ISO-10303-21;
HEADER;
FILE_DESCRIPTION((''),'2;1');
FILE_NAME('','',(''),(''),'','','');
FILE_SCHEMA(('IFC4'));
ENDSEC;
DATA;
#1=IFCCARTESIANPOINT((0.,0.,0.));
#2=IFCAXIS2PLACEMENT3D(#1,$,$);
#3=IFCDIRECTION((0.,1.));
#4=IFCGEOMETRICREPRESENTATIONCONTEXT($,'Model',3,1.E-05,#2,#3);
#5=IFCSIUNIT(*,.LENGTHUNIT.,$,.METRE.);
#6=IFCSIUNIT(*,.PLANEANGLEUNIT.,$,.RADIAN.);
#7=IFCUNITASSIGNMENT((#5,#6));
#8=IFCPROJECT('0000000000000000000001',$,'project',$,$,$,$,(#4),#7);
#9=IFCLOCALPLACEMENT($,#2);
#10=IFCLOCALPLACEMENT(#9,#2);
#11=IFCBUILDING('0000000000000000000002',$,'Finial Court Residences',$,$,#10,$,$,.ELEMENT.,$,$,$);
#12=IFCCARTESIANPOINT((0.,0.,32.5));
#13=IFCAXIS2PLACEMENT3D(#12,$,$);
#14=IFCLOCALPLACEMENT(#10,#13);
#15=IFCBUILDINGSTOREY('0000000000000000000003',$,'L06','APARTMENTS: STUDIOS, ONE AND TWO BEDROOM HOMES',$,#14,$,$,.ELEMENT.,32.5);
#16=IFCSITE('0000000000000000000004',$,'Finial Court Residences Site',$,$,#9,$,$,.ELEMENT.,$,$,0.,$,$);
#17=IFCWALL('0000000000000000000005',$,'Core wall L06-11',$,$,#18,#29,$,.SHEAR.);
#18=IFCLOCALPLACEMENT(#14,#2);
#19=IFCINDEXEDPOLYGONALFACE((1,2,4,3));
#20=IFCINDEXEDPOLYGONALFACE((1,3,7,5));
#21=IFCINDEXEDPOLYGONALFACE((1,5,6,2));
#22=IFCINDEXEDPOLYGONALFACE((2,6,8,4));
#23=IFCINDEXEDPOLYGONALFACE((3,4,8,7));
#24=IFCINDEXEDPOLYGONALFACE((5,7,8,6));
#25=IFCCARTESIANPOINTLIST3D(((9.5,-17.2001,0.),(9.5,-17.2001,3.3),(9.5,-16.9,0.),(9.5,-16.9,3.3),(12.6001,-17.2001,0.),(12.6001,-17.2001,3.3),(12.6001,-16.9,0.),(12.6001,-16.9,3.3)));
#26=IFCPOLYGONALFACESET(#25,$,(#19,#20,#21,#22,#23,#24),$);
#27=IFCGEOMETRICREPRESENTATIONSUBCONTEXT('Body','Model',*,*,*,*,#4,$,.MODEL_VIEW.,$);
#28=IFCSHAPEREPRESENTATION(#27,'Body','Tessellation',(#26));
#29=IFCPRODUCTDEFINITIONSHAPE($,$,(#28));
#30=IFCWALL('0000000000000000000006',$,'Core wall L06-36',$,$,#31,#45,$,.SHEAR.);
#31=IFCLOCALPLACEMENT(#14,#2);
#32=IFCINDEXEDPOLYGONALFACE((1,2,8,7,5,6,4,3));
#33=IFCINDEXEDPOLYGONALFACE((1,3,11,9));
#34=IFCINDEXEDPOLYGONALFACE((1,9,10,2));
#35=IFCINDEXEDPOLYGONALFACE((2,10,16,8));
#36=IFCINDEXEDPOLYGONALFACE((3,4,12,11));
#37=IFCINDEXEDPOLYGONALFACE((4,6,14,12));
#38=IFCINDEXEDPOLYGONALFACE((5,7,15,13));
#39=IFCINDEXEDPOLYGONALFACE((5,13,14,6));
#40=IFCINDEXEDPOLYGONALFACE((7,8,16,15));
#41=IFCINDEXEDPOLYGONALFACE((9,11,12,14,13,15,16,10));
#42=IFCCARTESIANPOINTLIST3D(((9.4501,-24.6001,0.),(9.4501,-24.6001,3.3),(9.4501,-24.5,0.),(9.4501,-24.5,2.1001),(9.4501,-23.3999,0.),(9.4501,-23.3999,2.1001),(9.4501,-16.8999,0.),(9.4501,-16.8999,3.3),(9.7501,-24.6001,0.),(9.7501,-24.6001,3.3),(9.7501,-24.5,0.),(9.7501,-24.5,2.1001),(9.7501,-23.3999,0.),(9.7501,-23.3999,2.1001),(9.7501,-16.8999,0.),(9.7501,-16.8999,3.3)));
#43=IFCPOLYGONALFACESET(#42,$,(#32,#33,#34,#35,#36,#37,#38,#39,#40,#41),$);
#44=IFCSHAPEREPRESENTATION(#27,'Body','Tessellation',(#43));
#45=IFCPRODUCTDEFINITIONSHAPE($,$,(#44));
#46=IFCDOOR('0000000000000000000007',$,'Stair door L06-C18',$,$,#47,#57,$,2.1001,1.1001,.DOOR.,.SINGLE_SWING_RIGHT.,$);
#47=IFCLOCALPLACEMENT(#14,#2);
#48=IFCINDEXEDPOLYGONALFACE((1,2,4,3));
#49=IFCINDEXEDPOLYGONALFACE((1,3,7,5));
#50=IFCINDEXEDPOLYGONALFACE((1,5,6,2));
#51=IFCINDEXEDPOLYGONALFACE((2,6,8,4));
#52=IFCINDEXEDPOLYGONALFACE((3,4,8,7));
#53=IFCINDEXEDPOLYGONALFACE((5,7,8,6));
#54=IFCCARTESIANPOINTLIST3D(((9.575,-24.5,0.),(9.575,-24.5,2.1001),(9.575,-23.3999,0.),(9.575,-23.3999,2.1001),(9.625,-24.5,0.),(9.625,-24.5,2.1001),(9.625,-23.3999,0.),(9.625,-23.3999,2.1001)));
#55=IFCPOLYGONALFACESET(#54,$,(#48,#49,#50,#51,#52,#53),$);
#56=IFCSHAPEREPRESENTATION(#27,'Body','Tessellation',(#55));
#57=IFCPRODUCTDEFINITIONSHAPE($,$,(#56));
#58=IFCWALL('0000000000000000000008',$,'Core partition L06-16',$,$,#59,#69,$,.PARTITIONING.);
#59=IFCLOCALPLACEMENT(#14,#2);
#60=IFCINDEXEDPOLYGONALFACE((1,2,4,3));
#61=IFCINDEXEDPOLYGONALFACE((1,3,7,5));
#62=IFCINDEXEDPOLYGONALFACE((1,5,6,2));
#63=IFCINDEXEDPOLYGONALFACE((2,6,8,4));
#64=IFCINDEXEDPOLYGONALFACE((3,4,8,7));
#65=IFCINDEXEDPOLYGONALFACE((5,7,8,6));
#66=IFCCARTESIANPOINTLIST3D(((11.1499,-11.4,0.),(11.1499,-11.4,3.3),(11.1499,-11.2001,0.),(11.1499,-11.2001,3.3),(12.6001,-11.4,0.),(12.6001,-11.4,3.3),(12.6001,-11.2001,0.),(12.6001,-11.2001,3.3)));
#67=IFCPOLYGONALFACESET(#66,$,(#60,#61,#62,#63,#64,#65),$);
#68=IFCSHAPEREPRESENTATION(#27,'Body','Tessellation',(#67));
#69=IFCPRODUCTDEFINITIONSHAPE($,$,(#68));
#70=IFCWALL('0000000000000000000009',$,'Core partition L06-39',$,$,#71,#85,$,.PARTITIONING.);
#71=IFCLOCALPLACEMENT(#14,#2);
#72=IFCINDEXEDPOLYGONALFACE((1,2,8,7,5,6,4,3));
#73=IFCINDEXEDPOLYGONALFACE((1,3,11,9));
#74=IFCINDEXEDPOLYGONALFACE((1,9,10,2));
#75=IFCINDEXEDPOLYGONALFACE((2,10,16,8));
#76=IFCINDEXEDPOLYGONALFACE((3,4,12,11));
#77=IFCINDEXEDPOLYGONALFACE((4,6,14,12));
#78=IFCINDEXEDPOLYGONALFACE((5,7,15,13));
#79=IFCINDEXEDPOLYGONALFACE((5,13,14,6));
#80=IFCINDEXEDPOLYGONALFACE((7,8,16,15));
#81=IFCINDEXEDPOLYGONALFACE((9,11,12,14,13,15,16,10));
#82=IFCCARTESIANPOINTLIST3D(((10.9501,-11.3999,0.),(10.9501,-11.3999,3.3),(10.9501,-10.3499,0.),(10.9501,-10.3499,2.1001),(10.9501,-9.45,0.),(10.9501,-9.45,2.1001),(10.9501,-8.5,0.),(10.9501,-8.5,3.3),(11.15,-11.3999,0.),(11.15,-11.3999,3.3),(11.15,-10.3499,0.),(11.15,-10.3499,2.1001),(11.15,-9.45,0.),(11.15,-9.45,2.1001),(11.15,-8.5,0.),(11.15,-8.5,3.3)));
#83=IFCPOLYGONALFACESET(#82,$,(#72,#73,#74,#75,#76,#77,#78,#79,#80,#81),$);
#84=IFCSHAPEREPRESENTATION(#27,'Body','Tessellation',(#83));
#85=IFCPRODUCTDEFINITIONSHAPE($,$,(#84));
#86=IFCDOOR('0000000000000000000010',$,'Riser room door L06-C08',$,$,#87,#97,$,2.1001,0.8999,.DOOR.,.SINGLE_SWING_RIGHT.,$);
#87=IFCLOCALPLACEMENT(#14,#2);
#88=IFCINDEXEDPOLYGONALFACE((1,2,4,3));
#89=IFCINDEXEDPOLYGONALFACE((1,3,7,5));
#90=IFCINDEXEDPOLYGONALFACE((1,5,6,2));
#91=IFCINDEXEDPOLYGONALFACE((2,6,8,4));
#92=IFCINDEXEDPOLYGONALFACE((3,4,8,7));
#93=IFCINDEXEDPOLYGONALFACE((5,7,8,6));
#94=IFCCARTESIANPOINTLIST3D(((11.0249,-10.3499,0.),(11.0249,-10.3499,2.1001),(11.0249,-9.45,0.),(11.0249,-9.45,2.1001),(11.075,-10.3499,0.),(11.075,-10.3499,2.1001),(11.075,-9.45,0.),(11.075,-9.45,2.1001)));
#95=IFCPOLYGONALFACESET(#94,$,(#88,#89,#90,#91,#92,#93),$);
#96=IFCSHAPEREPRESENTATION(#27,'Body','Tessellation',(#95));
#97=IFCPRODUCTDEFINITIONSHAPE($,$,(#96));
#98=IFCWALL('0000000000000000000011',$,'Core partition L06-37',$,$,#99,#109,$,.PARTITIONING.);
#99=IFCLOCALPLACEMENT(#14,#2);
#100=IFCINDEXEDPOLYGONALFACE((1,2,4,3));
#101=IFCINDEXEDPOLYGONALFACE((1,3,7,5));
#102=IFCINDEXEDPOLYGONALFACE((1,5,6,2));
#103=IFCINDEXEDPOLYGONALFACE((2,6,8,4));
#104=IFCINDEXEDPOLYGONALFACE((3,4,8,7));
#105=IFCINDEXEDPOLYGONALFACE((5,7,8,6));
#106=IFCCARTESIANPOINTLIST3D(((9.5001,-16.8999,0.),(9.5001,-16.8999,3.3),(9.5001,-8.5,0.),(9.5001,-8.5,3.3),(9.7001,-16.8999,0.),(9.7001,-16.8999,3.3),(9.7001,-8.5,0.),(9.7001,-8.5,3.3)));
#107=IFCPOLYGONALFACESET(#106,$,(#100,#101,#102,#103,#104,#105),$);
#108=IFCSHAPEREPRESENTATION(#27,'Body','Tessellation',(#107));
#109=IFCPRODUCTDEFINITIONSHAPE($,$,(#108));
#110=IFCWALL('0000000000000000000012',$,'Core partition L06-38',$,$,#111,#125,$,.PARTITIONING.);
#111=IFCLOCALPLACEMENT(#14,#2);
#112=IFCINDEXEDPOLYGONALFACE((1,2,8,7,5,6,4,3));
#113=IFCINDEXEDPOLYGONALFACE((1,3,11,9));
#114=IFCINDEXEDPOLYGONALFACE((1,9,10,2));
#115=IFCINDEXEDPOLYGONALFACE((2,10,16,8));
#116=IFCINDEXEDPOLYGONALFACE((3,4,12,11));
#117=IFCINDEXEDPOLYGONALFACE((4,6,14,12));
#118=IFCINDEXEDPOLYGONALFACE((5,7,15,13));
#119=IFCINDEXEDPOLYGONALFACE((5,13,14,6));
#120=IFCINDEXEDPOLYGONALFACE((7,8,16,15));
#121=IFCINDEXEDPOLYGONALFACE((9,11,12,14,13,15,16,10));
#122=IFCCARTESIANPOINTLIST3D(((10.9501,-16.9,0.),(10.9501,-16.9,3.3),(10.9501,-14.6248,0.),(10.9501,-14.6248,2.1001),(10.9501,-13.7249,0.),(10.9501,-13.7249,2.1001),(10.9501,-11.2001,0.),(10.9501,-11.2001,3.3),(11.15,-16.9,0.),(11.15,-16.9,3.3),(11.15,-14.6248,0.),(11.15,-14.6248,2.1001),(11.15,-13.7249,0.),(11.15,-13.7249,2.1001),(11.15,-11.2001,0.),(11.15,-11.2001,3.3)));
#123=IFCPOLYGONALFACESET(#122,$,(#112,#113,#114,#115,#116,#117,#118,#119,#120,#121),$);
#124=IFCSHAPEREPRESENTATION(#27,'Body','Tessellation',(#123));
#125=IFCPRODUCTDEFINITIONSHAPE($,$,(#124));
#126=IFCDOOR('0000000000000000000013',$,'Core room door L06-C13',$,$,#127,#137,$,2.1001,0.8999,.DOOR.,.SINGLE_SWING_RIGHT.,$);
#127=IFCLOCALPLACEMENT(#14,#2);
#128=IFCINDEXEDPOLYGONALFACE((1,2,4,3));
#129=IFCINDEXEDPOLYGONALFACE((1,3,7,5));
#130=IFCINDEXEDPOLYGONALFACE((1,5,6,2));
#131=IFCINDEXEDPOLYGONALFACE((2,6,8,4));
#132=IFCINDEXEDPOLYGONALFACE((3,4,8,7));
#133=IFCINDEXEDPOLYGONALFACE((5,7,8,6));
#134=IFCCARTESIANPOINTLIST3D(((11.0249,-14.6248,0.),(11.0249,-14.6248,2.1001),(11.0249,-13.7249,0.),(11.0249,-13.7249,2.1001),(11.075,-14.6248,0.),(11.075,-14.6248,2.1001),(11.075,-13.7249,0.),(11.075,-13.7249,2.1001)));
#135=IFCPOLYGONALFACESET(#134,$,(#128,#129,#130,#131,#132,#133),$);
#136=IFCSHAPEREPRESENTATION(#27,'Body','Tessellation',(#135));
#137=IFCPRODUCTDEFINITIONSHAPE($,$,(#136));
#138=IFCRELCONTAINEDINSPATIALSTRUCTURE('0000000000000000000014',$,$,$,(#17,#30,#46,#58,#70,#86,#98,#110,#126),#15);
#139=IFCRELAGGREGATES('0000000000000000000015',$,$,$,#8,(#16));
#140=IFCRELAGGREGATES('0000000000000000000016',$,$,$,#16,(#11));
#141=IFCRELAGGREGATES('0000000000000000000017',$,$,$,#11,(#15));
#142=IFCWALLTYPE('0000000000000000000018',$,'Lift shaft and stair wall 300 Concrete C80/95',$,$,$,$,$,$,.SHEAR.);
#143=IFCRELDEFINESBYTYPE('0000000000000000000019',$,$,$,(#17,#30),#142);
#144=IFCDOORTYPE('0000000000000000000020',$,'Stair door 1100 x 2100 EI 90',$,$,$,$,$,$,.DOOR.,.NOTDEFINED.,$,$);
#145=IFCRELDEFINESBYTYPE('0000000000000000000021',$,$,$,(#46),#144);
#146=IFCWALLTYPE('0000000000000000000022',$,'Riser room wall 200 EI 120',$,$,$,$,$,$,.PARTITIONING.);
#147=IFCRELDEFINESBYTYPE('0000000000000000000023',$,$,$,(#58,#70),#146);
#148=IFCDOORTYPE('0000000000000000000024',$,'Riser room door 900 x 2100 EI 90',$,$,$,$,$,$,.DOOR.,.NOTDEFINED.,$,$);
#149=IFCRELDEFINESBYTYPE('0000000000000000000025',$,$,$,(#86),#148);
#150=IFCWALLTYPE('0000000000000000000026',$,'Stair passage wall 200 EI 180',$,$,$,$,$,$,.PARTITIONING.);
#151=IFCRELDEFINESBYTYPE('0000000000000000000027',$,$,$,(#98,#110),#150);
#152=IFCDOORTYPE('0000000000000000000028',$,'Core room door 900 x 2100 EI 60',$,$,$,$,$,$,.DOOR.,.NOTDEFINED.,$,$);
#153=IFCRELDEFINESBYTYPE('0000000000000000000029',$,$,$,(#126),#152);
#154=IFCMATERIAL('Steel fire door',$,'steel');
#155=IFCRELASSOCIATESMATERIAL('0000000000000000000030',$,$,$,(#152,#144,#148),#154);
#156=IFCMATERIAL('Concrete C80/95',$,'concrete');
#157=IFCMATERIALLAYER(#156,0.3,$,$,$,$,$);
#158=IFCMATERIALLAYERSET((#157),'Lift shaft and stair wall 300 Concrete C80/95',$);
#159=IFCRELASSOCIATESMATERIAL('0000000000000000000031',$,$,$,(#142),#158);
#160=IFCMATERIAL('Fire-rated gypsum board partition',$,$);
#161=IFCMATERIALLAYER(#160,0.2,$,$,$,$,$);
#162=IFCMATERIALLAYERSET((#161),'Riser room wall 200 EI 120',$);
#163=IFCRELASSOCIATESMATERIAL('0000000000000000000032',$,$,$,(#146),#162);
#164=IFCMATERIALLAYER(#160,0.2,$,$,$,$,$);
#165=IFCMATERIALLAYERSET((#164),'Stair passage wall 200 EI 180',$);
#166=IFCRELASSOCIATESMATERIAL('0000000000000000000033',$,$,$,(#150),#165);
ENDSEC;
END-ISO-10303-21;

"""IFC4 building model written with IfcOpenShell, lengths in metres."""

from ifc_helpers import new_model, si_unit, direction, frame, frame_2d, origin, place, context, subcontext, project, spatial, rectangle, extrude, material, layer, layer_set, type_object, element, fill, save


model = new_model("IFC4")

# Units and contexts
model_context = context("Model", 3, precision=1e-05, world=origin(), true_north=direction((0.0, 1.0)))
body_context = subcontext(model_context, "Body", "Model", "MODEL_VIEW")
ifc_project = project(units=[si_unit("LENGTHUNIT", "METRE"), si_unit("PLANEANGLEUNIT", "RADIAN")], contexts=[model_context])

# Site, building, storey
site_placement = place(None, origin())
site = spatial("IfcSite", under=ifc_project, at=site_placement, Name="Finial Court Residences Site", CompositionType="ELEMENT", RefElevation=0.0)
building_placement = place(site_placement, origin())
building = spatial("IfcBuilding", under=site, at=building_placement, Name="Finial Court Residences", CompositionType="ELEMENT")
storey_placement = place(building_placement, frame((0.0, 0.0, 32.5)))
storey = spatial("IfcBuildingStorey", under=building, at=storey_placement, Name="L06", Description="APARTMENTS: STUDIOS, ONE AND TWO BEDROOM HOMES", CompositionType="ELEMENT", Elevation=32.5)

# Shared definitions
ifc_material_1 = material(Name="Concrete C80/95", Category="concrete")

# Shared definitions
ifc_material_2 = material(Name="Fire-rated gypsum board partition")

# Shared definitions
ifc_material_3 = material(Name="Steel fire door", Category="steel")
door_type_1 = type_object("IfcDoorType", Name="Core room door 900 x 2100 EI 60", OperationType="NOTDEFINED", PredefinedType="DOOR", material=ifc_material_3)

# Wall
ifc_layer_1 = layer(ifc_material_1, 0.3)
ifc_layer_set_1 = layer_set([ifc_layer_1], Name="Lift shaft and stair wall 300 Concrete C80/95")
wall_type_1 = type_object("IfcWallType", Name="Lift shaft and stair wall 300 Concrete C80/95", PredefinedType="SHEAR", material=ifc_layer_set_1)
wall_1_placement = place(storey_placement, frame((9.5, -17.05, 0.0), z_axis=(0.0, 0.0, 1.0), x_axis=(1.0, 0.0, 0.0)))
element("IfcWall", 1, at=wall_1_placement, inside=storey, type_object=wall_type_1, Name="Core wall L06-11", PredefinedType="SHEAR", context=body_context, shape_type="SweptSolid", body=[
    extrude(rectangle(XDim=3.1001, YDim=0.3, at=frame_2d((1.55, 0.0))), origin(), (0.0, 0.0, 1.0), 3.3),
])

# Wall, opening, door
wall_2_placement = place(storey_placement, frame((9.6001, -16.8999, 0.0), z_axis=(0.0, 0.0, 1.0), x_axis=(0.0, -1.0, 0.0)))
wall_2 = element("IfcWall", 2, at=wall_2_placement, inside=storey, type_object=wall_type_1, Name="Core wall L06-36", PredefinedType="SHEAR", context=body_context, shape_type="SweptSolid", body=[
    extrude(rectangle(XDim=7.7002, YDim=0.3, at=frame_2d((3.8501, 0.0))), origin(), (0.0, 0.0, 1.0), 3.3),
])
opening_1_placement = place(wall_2_placement, frame((6.5, 0.0, 0.0)))
opening_1 = element("IfcOpeningElement", 3, at=opening_1_placement, cuts=wall_2, PredefinedType="OPENING", context=body_context, shape_type="SweptSolid", body=[
    extrude(rectangle(XDim=1.1001, YDim=2.1001, at=frame_2d((0.55, 1.05))), frame((0.0, 0.1599, 0.0), z_axis=(0.0, -1.0, 0.0), x_axis=(1.0, 0.0, 0.0)), (0.0, 0.0, 1.0), 0.3201),
])
door_type_2 = type_object("IfcDoorType", Name="Stair door 1100 x 2100 EI 90", OperationType="NOTDEFINED", PredefinedType="DOOR", material=ifc_material_3)
door_1_placement = place(opening_1_placement, origin())
door_1 = element("IfcDoor", 4, at=door_1_placement, inside=storey, type_object=door_type_2, Name="Stair door L06-C18", OperationType="SINGLE_SWING_RIGHT", OverallHeight=2.1001, OverallWidth=1.1001, PredefinedType="DOOR", context=body_context, shape_type="SweptSolid", body=[
    extrude(rectangle(XDim=1.1001, YDim=2.1001, at=frame_2d((0.55, 1.05))), frame((0.0, 0.0249, 0.0), z_axis=(0.0, -1.0, 0.0), x_axis=(1.0, 0.0, 0.0)), (0.0, 0.0, 1.0), 0.05),
])
fill(opening_1, door_1)

# Wall
ifc_layer_2 = layer(ifc_material_2, 0.2)
ifc_layer_set_2 = layer_set([ifc_layer_2], Name="Riser room wall 200 EI 120")
wall_type_2 = type_object("IfcWallType", Name="Riser room wall 200 EI 120", PredefinedType="PARTITIONING", material=ifc_layer_set_2)
wall_3_placement = place(storey_placement, frame((11.1499, -11.3, 0.0), z_axis=(0.0, 0.0, 1.0), x_axis=(1.0, 0.0, 0.0)))
element("IfcWall", 5, at=wall_3_placement, inside=storey, type_object=wall_type_2, Name="Core partition L06-16", PredefinedType="PARTITIONING", context=body_context, shape_type="SweptSolid", body=[
    extrude(rectangle(XDim=1.4502, YDim=0.2, at=frame_2d((0.7251, 0.0))), origin(), (0.0, 0.0, 1.0), 3.3),
])

# Wall, opening, door
wall_4_placement = place(storey_placement, frame((11.05, -8.5, 0.0), z_axis=(0.0, 0.0, 1.0), x_axis=(0.0, -1.0, 0.0)))
wall_4 = element("IfcWall", 6, at=wall_4_placement, inside=storey, type_object=wall_type_2, Name="Core partition L06-39", PredefinedType="PARTITIONING", context=body_context, shape_type="SweptSolid", body=[
    extrude(rectangle(XDim=2.8999, YDim=0.2, at=frame_2d((1.45, 0.0))), origin(), (0.0, 0.0, 1.0), 3.3),
])
opening_2_placement = place(wall_4_placement, frame((0.95, 0.0, 0.0)))
opening_2 = element("IfcOpeningElement", 7, at=opening_2_placement, cuts=wall_4, PredefinedType="OPENING", context=body_context, shape_type="SweptSolid", body=[
    extrude(rectangle(XDim=0.8999, YDim=2.1001, at=frame_2d((0.45, 1.05))), frame((0.0, 0.1099, 0.0), z_axis=(0.0, -1.0, 0.0), x_axis=(1.0, 0.0, 0.0)), (0.0, 0.0, 1.0), 0.22),
])
door_type_3 = type_object("IfcDoorType", Name="Riser room door 900 x 2100 EI 90", OperationType="NOTDEFINED", PredefinedType="DOOR", material=ifc_material_3)
door_2_placement = place(opening_2_placement, origin())
door_2 = element("IfcDoor", 8, at=door_2_placement, inside=storey, type_object=door_type_3, Name="Riser room door L06-C08", OperationType="SINGLE_SWING_RIGHT", OverallHeight=2.1001, OverallWidth=0.8999, PredefinedType="DOOR", context=body_context, shape_type="SweptSolid", body=[
    extrude(rectangle(XDim=0.8999, YDim=2.1001, at=frame_2d((0.45, 1.05))), frame((0.0, 0.0249, 0.0), z_axis=(0.0, -1.0, 0.0), x_axis=(1.0, 0.0, 0.0)), (0.0, 0.0, 1.0), 0.05),
])
fill(opening_2, door_2)

# Wall
ifc_layer_3 = layer(ifc_material_2, 0.2)
ifc_layer_set_3 = layer_set([ifc_layer_3], Name="Stair passage wall 200 EI 180")
wall_type_3 = type_object("IfcWallType", Name="Stair passage wall 200 EI 180", PredefinedType="PARTITIONING", material=ifc_layer_set_3)
wall_5_placement = place(storey_placement, frame((9.6001, -16.8999, 0.0), z_axis=(0.0, 0.0, 1.0), x_axis=(0.0, 1.0, 0.0)))
element("IfcWall", 9, at=wall_5_placement, inside=storey, type_object=wall_type_3, Name="Core partition L06-37", PredefinedType="PARTITIONING", context=body_context, shape_type="SweptSolid", body=[
    extrude(rectangle(XDim=8.3999, YDim=0.2, at=frame_2d((4.2, 0.0))), origin(), (0.0, 0.0, 1.0), 3.3),
])

# Wall, opening, door
wall_6_placement = place(storey_placement, frame((11.05, -11.2, 0.0), z_axis=(0.0, 0.0, 1.0), x_axis=(0.0, -1.0, 0.0)))
wall_6 = element("IfcWall", 10, at=wall_6_placement, inside=storey, type_object=wall_type_3, Name="Core partition L06-38", PredefinedType="PARTITIONING", context=body_context, shape_type="SweptSolid", body=[
    extrude(rectangle(XDim=5.7, YDim=0.2, at=frame_2d((2.8501, 0.0))), origin(), (0.0, 0.0, 1.0), 3.3),
])
opening_3_placement = place(wall_6_placement, frame((2.5249, 0.0, 0.0)))
opening_3 = element("IfcOpeningElement", 11, at=opening_3_placement, cuts=wall_6, PredefinedType="OPENING", context=body_context, shape_type="SweptSolid", body=[
    extrude(rectangle(XDim=0.8999, YDim=2.1001, at=frame_2d((0.45, 1.05))), frame((0.0, 0.1099, 0.0), z_axis=(0.0, -1.0, 0.0), x_axis=(1.0, 0.0, 0.0)), (0.0, 0.0, 1.0), 0.22),
])
door_3_placement = place(opening_3_placement, origin())
door_3 = element("IfcDoor", 12, at=door_3_placement, inside=storey, type_object=door_type_1, Name="Core room door L06-C13", OperationType="SINGLE_SWING_RIGHT", OverallHeight=2.1001, OverallWidth=0.8999, PredefinedType="DOOR", context=body_context, shape_type="SweptSolid", body=[
    extrude(rectangle(XDim=0.8999, YDim=2.1001, at=frame_2d((0.45, 1.05))), frame((0.0, 0.0249, 0.0), z_axis=(0.0, -1.0, 0.0), x_axis=(1.0, 0.0, 0.0)), (0.0, 0.0, 1.0), 0.05),
])
fill(opening_3, door_3)

save(model, "model.ifc")
